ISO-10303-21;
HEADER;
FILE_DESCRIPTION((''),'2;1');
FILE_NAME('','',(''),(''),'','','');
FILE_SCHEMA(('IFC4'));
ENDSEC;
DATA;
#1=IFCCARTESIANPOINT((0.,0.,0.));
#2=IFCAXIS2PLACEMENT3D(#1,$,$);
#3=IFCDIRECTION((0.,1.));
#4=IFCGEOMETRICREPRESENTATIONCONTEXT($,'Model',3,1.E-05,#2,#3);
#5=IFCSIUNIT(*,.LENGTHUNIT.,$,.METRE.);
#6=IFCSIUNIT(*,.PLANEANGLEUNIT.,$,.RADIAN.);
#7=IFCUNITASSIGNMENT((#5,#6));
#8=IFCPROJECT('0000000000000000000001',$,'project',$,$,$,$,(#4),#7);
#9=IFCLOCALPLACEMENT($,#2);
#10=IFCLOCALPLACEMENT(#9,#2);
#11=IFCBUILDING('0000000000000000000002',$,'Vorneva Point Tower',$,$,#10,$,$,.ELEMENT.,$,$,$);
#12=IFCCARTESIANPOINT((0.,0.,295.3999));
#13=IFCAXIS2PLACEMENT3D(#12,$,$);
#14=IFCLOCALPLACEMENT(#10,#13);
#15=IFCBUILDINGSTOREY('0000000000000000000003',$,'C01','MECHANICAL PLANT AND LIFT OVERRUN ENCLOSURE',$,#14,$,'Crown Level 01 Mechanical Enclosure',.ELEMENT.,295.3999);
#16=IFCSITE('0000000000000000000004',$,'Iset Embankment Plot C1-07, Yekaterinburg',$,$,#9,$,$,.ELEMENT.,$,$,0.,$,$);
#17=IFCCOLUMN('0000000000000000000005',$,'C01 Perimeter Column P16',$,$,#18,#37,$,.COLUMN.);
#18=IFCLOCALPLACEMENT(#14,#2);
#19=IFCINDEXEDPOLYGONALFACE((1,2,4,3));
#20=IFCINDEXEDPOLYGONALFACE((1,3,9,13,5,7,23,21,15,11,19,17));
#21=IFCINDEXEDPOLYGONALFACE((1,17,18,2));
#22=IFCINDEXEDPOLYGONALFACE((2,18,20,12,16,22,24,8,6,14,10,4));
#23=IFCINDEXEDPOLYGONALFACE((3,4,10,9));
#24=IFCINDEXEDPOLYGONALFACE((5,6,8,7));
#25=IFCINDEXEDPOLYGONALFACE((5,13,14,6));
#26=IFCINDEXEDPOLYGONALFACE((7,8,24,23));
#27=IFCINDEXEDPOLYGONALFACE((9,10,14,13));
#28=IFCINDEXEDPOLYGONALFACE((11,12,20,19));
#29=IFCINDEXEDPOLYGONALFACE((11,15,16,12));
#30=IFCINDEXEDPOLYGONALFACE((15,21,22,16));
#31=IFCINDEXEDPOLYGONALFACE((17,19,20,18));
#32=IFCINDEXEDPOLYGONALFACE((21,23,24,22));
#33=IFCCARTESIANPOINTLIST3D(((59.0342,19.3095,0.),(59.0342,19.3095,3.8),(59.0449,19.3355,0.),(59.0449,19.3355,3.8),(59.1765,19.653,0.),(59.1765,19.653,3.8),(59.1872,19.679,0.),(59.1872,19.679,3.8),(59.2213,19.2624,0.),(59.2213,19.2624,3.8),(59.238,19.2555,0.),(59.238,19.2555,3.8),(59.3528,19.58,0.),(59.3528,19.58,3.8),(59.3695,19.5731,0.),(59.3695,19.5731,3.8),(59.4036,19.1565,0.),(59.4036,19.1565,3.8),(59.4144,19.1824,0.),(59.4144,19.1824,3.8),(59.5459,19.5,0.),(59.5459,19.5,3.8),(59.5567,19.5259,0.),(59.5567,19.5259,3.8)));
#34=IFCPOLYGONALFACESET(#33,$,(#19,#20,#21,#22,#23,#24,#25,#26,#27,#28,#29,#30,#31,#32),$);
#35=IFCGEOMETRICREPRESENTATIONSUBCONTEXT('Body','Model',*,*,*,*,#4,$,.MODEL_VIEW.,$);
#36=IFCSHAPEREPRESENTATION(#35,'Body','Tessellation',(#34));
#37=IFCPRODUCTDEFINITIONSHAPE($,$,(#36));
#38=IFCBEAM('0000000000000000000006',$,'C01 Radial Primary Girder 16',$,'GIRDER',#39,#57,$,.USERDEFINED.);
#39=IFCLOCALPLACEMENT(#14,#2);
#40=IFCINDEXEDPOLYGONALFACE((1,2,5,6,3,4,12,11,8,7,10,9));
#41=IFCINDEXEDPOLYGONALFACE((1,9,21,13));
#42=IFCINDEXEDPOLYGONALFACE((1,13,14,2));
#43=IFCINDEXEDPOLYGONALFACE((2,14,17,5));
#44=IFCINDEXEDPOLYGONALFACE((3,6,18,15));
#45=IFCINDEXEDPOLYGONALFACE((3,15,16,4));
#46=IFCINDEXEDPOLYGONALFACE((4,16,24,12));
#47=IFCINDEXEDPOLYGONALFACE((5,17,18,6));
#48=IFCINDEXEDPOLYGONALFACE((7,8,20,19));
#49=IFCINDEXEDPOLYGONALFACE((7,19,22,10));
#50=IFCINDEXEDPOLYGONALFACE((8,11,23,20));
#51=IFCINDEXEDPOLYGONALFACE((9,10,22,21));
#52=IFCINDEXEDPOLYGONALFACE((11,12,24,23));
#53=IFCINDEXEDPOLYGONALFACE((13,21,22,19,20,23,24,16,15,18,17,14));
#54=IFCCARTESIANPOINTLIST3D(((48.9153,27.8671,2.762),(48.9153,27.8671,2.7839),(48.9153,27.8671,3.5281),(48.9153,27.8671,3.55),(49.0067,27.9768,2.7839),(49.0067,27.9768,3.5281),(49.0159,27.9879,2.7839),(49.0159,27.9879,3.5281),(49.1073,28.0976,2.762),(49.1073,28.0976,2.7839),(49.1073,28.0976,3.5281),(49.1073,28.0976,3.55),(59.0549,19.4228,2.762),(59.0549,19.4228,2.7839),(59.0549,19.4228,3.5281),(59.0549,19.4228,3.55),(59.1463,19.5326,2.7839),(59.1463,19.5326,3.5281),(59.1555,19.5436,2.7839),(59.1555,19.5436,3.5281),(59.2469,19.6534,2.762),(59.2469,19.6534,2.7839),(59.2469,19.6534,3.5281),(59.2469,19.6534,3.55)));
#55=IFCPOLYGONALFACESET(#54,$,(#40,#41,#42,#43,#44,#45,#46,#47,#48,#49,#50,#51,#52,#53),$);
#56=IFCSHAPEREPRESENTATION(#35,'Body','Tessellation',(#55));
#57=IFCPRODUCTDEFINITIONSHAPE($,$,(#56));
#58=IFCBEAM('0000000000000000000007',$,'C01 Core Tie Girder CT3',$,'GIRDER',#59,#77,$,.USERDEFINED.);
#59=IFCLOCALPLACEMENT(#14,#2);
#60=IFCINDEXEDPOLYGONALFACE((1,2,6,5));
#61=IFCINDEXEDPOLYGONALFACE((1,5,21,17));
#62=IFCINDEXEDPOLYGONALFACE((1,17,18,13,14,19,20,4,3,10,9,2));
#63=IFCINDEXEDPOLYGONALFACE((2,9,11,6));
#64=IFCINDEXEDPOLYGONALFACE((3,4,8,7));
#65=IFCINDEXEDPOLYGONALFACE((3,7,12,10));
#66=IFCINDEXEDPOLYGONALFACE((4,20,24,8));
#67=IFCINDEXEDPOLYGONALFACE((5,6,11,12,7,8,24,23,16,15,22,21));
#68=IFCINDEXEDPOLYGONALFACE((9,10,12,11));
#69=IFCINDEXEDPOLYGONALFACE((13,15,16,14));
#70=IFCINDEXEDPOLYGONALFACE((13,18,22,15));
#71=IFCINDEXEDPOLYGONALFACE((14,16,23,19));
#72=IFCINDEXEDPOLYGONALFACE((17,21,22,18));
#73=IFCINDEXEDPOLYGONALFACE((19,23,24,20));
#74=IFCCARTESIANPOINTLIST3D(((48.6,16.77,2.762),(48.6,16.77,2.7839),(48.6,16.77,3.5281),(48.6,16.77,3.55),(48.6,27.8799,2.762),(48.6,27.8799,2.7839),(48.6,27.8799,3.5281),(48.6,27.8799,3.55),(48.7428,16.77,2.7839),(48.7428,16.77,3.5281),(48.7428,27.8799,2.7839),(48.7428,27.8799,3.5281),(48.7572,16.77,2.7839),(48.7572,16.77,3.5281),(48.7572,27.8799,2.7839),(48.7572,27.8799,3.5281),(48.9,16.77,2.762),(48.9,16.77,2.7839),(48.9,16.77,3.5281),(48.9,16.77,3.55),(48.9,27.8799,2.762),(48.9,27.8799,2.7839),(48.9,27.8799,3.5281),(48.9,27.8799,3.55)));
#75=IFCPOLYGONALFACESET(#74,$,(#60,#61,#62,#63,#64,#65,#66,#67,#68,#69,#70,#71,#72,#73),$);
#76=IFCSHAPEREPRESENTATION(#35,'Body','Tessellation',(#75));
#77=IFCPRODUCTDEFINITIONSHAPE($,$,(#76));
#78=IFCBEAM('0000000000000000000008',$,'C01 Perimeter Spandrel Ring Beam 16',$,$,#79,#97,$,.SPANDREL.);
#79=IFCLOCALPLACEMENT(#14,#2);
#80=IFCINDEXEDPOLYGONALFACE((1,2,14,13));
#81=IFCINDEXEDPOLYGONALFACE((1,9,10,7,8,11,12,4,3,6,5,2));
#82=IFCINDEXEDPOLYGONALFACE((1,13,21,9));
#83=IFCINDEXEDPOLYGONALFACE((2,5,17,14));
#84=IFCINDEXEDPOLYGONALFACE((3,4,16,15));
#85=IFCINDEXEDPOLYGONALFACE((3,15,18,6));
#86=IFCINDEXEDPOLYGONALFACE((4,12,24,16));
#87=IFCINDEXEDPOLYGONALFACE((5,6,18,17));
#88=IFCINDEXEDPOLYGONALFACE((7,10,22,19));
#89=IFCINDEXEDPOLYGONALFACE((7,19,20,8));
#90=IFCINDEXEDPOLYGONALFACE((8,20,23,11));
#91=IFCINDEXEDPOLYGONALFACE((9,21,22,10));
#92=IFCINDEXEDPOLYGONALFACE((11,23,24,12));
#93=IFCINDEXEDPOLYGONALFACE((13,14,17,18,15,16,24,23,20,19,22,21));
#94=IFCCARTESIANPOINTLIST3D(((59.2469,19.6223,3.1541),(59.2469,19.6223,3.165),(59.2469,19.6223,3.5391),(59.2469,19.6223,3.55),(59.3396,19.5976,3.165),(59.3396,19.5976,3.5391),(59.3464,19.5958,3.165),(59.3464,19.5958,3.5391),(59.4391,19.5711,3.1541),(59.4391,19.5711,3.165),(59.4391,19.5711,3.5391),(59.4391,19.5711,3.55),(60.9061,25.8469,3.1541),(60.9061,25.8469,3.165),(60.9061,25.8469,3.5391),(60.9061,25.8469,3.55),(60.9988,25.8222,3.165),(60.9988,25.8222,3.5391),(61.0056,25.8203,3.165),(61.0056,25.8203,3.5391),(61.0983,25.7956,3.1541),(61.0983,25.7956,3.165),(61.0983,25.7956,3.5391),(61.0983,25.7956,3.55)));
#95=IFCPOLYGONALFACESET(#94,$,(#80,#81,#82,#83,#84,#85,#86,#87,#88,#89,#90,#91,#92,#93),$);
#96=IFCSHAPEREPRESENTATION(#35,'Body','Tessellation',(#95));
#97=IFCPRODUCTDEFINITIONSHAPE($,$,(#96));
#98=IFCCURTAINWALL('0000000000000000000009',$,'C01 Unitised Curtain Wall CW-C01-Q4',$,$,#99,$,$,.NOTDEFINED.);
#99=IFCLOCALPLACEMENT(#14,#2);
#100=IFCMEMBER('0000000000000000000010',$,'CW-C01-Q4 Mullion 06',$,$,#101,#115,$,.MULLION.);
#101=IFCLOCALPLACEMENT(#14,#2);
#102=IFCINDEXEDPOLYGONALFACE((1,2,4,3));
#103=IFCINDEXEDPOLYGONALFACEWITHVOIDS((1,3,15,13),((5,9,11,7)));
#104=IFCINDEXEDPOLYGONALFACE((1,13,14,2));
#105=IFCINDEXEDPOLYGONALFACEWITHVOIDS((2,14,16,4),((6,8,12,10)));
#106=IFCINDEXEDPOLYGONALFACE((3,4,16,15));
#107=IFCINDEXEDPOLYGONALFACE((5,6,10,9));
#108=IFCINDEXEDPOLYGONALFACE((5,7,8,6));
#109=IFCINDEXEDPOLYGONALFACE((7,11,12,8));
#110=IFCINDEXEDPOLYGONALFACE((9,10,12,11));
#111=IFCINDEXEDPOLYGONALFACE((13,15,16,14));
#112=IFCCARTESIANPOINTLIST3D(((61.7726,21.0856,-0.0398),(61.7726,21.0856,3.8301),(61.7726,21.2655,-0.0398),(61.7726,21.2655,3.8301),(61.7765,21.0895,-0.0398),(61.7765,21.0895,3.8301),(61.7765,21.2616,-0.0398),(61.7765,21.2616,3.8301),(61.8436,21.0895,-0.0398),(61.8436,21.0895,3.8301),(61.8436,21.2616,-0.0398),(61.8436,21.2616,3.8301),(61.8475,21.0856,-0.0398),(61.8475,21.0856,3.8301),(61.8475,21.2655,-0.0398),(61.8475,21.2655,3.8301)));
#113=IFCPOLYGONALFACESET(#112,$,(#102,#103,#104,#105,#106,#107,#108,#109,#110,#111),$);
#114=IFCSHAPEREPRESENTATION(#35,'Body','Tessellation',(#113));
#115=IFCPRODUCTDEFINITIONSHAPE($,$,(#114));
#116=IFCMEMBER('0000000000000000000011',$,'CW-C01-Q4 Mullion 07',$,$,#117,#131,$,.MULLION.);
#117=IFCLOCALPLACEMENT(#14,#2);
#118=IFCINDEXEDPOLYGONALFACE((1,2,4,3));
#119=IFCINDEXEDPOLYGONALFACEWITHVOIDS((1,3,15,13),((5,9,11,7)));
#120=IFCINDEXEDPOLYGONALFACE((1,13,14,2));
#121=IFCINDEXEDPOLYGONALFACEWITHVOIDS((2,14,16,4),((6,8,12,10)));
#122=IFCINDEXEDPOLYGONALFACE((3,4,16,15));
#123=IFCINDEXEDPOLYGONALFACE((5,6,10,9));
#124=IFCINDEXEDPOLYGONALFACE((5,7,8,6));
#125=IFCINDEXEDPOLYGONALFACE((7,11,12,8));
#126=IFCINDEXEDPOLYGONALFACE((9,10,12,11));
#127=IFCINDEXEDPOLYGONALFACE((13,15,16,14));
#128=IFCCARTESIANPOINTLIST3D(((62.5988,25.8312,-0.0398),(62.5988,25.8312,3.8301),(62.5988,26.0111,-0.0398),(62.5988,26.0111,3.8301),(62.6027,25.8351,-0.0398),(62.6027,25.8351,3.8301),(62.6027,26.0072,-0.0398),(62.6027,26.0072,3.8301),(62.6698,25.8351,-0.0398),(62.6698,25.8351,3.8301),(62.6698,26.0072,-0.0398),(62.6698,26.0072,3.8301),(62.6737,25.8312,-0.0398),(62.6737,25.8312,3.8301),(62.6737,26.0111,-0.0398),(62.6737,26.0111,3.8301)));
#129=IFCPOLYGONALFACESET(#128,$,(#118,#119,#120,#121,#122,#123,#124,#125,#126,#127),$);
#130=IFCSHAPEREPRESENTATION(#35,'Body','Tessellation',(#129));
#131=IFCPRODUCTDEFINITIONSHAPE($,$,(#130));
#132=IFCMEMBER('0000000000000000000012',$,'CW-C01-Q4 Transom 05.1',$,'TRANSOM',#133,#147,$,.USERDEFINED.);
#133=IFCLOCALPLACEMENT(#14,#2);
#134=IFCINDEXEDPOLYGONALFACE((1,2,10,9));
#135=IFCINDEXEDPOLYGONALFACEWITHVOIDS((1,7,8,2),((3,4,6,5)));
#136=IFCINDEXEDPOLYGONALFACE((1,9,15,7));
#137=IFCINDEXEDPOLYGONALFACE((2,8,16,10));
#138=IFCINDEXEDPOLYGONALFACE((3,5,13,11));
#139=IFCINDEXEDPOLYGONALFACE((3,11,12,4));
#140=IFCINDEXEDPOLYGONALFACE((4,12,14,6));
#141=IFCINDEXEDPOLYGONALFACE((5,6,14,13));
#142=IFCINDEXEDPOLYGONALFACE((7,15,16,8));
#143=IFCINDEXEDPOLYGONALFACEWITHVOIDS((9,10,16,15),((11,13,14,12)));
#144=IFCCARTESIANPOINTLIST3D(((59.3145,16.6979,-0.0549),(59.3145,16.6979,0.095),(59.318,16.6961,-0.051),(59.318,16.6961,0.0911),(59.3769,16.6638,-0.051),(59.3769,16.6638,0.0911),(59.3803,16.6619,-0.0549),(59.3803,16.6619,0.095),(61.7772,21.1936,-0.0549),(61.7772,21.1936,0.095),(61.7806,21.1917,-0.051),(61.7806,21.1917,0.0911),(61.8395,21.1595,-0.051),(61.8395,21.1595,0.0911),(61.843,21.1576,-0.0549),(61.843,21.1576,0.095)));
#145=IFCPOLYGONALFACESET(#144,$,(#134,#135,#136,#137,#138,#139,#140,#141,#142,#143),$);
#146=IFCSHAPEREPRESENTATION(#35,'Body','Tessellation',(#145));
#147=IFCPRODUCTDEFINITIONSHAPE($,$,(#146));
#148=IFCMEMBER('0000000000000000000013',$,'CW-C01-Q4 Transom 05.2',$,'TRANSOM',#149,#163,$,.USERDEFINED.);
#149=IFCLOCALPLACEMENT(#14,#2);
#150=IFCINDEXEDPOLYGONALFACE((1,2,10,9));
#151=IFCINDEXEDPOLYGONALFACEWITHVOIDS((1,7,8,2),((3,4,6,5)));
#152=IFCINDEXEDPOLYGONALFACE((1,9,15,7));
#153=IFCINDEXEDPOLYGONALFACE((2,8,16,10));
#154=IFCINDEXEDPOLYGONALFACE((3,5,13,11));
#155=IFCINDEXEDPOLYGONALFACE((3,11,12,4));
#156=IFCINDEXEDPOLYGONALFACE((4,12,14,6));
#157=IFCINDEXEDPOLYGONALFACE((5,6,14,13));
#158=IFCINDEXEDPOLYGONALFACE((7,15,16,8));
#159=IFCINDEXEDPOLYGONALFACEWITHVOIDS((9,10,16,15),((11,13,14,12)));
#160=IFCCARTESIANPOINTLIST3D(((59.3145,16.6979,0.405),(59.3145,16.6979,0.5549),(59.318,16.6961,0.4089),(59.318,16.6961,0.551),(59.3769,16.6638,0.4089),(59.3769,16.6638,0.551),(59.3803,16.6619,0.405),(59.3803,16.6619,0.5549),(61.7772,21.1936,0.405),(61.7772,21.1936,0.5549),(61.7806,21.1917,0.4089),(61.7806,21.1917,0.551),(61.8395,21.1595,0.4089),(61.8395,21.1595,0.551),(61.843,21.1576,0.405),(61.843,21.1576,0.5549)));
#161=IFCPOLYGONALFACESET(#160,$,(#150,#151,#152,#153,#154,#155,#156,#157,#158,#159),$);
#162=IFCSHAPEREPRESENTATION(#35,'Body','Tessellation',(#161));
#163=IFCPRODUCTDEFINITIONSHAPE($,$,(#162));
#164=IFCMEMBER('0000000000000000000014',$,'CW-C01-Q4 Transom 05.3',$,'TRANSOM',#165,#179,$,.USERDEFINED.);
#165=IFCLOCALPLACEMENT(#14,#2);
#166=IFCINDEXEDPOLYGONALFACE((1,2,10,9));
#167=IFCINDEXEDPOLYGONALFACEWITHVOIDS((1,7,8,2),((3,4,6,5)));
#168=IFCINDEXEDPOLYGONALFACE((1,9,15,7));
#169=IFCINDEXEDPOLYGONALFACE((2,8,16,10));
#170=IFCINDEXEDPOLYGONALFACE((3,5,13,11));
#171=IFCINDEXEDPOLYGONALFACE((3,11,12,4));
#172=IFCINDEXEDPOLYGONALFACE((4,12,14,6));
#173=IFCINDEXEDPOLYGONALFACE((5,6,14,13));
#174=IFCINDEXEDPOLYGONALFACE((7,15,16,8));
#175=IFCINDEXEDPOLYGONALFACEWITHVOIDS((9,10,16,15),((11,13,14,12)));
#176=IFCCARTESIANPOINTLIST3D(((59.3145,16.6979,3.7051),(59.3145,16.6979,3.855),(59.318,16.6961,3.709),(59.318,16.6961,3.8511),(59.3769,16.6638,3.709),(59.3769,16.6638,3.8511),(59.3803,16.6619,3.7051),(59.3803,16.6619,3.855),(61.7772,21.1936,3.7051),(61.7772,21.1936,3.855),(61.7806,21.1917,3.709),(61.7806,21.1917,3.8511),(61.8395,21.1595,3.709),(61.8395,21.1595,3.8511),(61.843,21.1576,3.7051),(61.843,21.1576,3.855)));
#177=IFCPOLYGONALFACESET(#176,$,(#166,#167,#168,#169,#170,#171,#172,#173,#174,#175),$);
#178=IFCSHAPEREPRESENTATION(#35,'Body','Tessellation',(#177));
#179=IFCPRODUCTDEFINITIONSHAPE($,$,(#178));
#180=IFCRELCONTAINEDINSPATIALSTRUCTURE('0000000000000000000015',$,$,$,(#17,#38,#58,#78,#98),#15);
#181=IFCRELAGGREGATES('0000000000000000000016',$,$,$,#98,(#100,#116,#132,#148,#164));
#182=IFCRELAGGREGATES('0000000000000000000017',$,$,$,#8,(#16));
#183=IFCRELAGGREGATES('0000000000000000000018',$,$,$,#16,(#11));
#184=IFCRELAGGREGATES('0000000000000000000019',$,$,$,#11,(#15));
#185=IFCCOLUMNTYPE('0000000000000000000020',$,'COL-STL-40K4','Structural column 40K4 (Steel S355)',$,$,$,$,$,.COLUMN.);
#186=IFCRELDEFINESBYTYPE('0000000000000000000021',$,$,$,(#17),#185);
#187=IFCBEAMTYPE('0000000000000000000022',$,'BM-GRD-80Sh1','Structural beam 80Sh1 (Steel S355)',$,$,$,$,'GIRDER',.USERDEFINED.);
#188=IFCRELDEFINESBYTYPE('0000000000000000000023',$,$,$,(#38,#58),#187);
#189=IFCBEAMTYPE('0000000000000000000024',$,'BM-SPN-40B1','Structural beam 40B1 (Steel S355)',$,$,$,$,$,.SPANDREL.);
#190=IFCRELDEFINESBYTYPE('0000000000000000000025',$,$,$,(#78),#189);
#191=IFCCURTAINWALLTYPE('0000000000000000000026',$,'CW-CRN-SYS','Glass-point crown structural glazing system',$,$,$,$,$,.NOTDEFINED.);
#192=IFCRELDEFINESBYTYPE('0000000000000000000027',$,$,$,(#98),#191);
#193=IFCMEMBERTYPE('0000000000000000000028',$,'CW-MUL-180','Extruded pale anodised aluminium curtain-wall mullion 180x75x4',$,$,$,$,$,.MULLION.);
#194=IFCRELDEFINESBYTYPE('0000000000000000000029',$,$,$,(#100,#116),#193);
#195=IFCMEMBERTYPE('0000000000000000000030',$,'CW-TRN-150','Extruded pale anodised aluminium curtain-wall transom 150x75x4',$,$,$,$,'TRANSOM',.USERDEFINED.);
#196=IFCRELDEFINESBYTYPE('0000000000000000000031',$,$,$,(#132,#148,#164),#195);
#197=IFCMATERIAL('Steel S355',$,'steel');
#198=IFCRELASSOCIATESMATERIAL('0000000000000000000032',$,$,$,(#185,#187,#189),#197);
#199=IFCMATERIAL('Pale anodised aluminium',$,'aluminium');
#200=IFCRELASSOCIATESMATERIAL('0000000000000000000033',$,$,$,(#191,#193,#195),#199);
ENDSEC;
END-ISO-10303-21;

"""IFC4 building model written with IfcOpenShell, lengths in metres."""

from ifc_helpers import new_model, si_unit, direction, frame, origin, origin_2d, place, context, subcontext, project, spatial, hollow_rectangle, i_section, extrude, material, material_profile, profile_set, type_object, element, aggregate, save


model = new_model("IFC4")

# Units and contexts
model_context = context("Model", 3, precision=1e-05, world=origin(), true_north=direction((0.0, 1.0)))
body_context = subcontext(model_context, "Body", "Model", "MODEL_VIEW")
ifc_project = project(units=[si_unit("LENGTHUNIT", "METRE"), si_unit("PLANEANGLEUNIT", "RADIAN")], contexts=[model_context])

# Site, building, storey
site_placement = place(None, origin())
site = spatial("IfcSite", under=ifc_project, at=site_placement, Name="Iset Embankment Plot C1-07, Yekaterinburg", CompositionType="ELEMENT", RefElevation=0.0)
building_placement = place(site_placement, origin())
building = spatial("IfcBuilding", under=site, at=building_placement, Name="Vorneva Point Tower", CompositionType="ELEMENT")
storey_placement = place(building_placement, frame((0.0, 0.0, 295.3999)))
storey = spatial("IfcBuildingStorey", under=building, at=storey_placement, Name="C01", Description="MECHANICAL PLANT AND LIFT OVERRUN ENCLOSURE", LongName="Crown Level 01 Mechanical Enclosure", CompositionType="ELEMENT", Elevation=295.3999)

# Column
ifc_material_1 = material(Name="Steel S355", Category="steel")
ifc_material_profile_1 = material_profile(ifc_material_1, i_section(OverallWidth=0.3999, OverallDepth=0.3999, WebThickness=0.0181, FlangeThickness=0.0281, at=origin_2d()), Name="40K4")
ifc_profile_set_1 = profile_set([ifc_material_profile_1], Name="Steel S355")
column_type = type_object("IfcColumnType", Name="COL-STL-40K4", Description="Structural column 40K4 (Steel S355)", PredefinedType="COLUMN", material=ifc_profile_set_1)
column_placement = place(storey_placement, frame((59.2954, 19.4177, 0.0), z_axis=(0.0, 0.0, 1.0), x_axis=(0.92388, -0.382683, 0.0)))
element("IfcColumn", 1, at=column_placement, inside=storey, type_object=column_type, Name="C01 Perimeter Column P16", PredefinedType="COLUMN", context=body_context, shape_type="SweptSolid", body=[
    extrude(i_section(OverallWidth=0.3999, OverallDepth=0.3999, WebThickness=0.0181, FlangeThickness=0.0281, at=origin_2d()), origin(), (0.0, 0.0, 1.0), 3.8),
])

# Beams
ifc_material_profile_2 = material_profile(ifc_material_1, i_section(OverallWidth=0.3, OverallDepth=0.7881, WebThickness=0.0144, FlangeThickness=0.022, at=origin_2d()), Name="80Sh1")
ifc_profile_set_2 = profile_set([ifc_material_profile_2], Name="Steel S355")
beam_type_1 = type_object("IfcBeamType", Name="BM-GRD-80Sh1", Description="Structural beam 80Sh1 (Steel S355)", ElementType="GIRDER", PredefinedType="USERDEFINED", material=ifc_profile_set_2)
beam_1_placement = place(storey_placement, frame((59.1509, 19.5381, 3.156), z_axis=(-0.768421, 0.639944, 0.0), x_axis=(-0.639944, -0.768421, 0.0)))
element("IfcBeam", 2, at=beam_1_placement, inside=storey, type_object=beam_type_1, Name="C01 Radial Primary Girder 16", ObjectType="GIRDER", PredefinedType="USERDEFINED", context=body_context, shape_type="SweptSolid", body=[
    extrude(i_section(OverallWidth=0.3, OverallDepth=0.7881, WebThickness=0.0144, FlangeThickness=0.022, at=origin_2d()), origin(), (0.0, 0.0, 1.0), 13.1953),
])
beam_2_placement = place(storey_placement, frame((48.75, 16.77, 3.156), z_axis=(0.0, 1.0, 0.0), x_axis=(-1.0, 0.0, 0.0)))
element("IfcBeam", 3, at=beam_2_placement, inside=storey, type_object=beam_type_1, Name="C01 Core Tie Girder CT3", ObjectType="GIRDER", PredefinedType="USERDEFINED", context=body_context, shape_type="SweptSolid", body=[
    extrude(i_section(OverallWidth=0.3, OverallDepth=0.7881, WebThickness=0.0144, FlangeThickness=0.022, at=origin_2d()), origin(), (0.0, 0.0, 1.0), 11.1099),
])
ifc_material_profile_3 = material_profile(ifc_material_1, i_section(OverallWidth=0.199, OverallDepth=0.396, WebThickness=0.0071, FlangeThickness=0.011, at=origin_2d()), Name="40B1")
ifc_profile_set_3 = profile_set([ifc_material_profile_3], Name="Steel S355")
beam_type_2 = type_object("IfcBeamType", Name="BM-SPN-40B1", Description="Structural beam 40B1 (Steel S355)", PredefinedType="SPANDREL", material=ifc_profile_set_3)
beam_3_placement = place(storey_placement, frame((59.343, 19.5967, 3.3521), z_axis=(0.257559, 0.966263, 0.0), x_axis=(-0.966263, 0.257559, 0.0)))
element("IfcBeam", 4, at=beam_3_placement, inside=storey, type_object=beam_type_2, Name="C01 Perimeter Spandrel Ring Beam 16", PredefinedType="SPANDREL", context=body_context, shape_type="SweptSolid", body=[
    extrude(i_section(OverallWidth=0.199, OverallDepth=0.396, WebThickness=0.0071, FlangeThickness=0.011, at=origin_2d()), origin(), (0.0, 0.0, 1.0), 6.4419),
])

# Curtain wall, members
ifc_material_2 = material(Name="Pale anodised aluminium", Category="aluminium")
curtain_wall_type = type_object("IfcCurtainWallType", Name="CW-CRN-SYS", Description="Glass-point crown structural glazing system", PredefinedType="NOTDEFINED", material=ifc_material_2)
curtain_wall_placement = place(storey_placement, origin())
curtain_wall = element("IfcCurtainWall", 5, at=curtain_wall_placement, inside=storey, type_object=curtain_wall_type, Name="C01 Unitised Curtain Wall CW-C01-Q4", PredefinedType="NOTDEFINED")
ifc_material_profile_4 = material_profile(ifc_material_2, hollow_rectangle(XDim=0.075, YDim=0.1799, WallThickness=0.0039, at=origin_2d()), Name="AL-MUL 180x75x4")
ifc_profile_set_4 = profile_set([ifc_material_profile_4], Name="Pale anodised aluminium")
member_type_1 = type_object("IfcMemberType", Name="CW-MUL-180", Description="Extruded pale anodised aluminium curtain-wall mullion 180x75x4", PredefinedType="MULLION", material=ifc_profile_set_4)
member_1_placement = place(storey_placement, frame((61.8101, 21.1755, -0.0398), z_axis=(0.0, 0.0, 1.0), x_axis=(1.0, 0.0, 0.0)))
member_1 = element("IfcMember", 6, at=member_1_placement, type_object=member_type_1, Name="CW-C01-Q4 Mullion 06", PredefinedType="MULLION", context=body_context, shape_type="SweptSolid", body=[
    extrude(hollow_rectangle(XDim=0.075, YDim=0.1799, WallThickness=0.0039, at=origin_2d()), origin(), (0.0, 0.0, 1.0), 3.8699),
])
member_2_placement = place(storey_placement, frame((62.6362, 25.9211, -0.0398), z_axis=(0.0, 0.0, 1.0), x_axis=(1.0, 0.0, 0.0)))
member_2 = element("IfcMember", 7, at=member_2_placement, type_object=member_type_1, Name="CW-C01-Q4 Mullion 07", PredefinedType="MULLION", context=body_context, shape_type="SweptSolid", body=[
    extrude(hollow_rectangle(XDim=0.075, YDim=0.1799, WallThickness=0.0039, at=origin_2d()), origin(), (0.0, 0.0, 1.0), 3.8699),
])
ifc_material_profile_5 = material_profile(ifc_material_2, hollow_rectangle(XDim=0.075, YDim=0.1499, WallThickness=0.0039, at=origin_2d()), Name="AL-TRN 150x75x4")
ifc_profile_set_5 = profile_set([ifc_material_profile_5], Name="Pale anodised aluminium")
member_type_2 = type_object("IfcMemberType", Name="CW-TRN-150", Description="Extruded pale anodised aluminium curtain-wall transom 150x75x4", ElementType="TRANSOM", PredefinedType="USERDEFINED", material=ifc_profile_set_5)
member_3_placement = place(storey_placement, frame((59.3474, 16.6799, 0.02), z_axis=(0.48043, 0.877033, 0.0), x_axis=(-0.877033, 0.48043, 0.0)))
member_3 = element("IfcMember", 8, at=member_3_placement, type_object=member_type_2, Name="CW-C01-Q4 Transom 05.1", ObjectType="TRANSOM", PredefinedType="USERDEFINED", context=body_context, shape_type="SweptSolid", body=[
    extrude(hollow_rectangle(XDim=0.075, YDim=0.1499, WallThickness=0.0039, at=origin_2d()), origin(), (0.0, 0.0, 1.0), 5.126),
])
member_4_placement = place(storey_placement, frame((59.3474, 16.6799, 0.48), z_axis=(0.48043, 0.877033, 0.0), x_axis=(-0.877033, 0.48043, 0.0)))
member_4 = element("IfcMember", 9, at=member_4_placement, type_object=member_type_2, Name="CW-C01-Q4 Transom 05.2", ObjectType="TRANSOM", PredefinedType="USERDEFINED", context=body_context, shape_type="SweptSolid", body=[
    extrude(hollow_rectangle(XDim=0.075, YDim=0.1499, WallThickness=0.0039, at=origin_2d()), origin(), (0.0, 0.0, 1.0), 5.126),
])
member_5_placement = place(storey_placement, frame((59.3474, 16.6799, 3.78), z_axis=(0.48043, 0.877033, 0.0), x_axis=(-0.877033, 0.48043, 0.0)))
member_5 = element("IfcMember", 10, at=member_5_placement, type_object=member_type_2, Name="CW-C01-Q4 Transom 05.3", ObjectType="TRANSOM", PredefinedType="USERDEFINED", context=body_context, shape_type="SweptSolid", body=[
    extrude(hollow_rectangle(XDim=0.075, YDim=0.1499, WallThickness=0.0039, at=origin_2d()), origin(), (0.0, 0.0, 1.0), 5.126),
])

aggregate(curtain_wall, [member_1, member_2, member_3, member_4, member_5])

save(model, "model.ifc")
